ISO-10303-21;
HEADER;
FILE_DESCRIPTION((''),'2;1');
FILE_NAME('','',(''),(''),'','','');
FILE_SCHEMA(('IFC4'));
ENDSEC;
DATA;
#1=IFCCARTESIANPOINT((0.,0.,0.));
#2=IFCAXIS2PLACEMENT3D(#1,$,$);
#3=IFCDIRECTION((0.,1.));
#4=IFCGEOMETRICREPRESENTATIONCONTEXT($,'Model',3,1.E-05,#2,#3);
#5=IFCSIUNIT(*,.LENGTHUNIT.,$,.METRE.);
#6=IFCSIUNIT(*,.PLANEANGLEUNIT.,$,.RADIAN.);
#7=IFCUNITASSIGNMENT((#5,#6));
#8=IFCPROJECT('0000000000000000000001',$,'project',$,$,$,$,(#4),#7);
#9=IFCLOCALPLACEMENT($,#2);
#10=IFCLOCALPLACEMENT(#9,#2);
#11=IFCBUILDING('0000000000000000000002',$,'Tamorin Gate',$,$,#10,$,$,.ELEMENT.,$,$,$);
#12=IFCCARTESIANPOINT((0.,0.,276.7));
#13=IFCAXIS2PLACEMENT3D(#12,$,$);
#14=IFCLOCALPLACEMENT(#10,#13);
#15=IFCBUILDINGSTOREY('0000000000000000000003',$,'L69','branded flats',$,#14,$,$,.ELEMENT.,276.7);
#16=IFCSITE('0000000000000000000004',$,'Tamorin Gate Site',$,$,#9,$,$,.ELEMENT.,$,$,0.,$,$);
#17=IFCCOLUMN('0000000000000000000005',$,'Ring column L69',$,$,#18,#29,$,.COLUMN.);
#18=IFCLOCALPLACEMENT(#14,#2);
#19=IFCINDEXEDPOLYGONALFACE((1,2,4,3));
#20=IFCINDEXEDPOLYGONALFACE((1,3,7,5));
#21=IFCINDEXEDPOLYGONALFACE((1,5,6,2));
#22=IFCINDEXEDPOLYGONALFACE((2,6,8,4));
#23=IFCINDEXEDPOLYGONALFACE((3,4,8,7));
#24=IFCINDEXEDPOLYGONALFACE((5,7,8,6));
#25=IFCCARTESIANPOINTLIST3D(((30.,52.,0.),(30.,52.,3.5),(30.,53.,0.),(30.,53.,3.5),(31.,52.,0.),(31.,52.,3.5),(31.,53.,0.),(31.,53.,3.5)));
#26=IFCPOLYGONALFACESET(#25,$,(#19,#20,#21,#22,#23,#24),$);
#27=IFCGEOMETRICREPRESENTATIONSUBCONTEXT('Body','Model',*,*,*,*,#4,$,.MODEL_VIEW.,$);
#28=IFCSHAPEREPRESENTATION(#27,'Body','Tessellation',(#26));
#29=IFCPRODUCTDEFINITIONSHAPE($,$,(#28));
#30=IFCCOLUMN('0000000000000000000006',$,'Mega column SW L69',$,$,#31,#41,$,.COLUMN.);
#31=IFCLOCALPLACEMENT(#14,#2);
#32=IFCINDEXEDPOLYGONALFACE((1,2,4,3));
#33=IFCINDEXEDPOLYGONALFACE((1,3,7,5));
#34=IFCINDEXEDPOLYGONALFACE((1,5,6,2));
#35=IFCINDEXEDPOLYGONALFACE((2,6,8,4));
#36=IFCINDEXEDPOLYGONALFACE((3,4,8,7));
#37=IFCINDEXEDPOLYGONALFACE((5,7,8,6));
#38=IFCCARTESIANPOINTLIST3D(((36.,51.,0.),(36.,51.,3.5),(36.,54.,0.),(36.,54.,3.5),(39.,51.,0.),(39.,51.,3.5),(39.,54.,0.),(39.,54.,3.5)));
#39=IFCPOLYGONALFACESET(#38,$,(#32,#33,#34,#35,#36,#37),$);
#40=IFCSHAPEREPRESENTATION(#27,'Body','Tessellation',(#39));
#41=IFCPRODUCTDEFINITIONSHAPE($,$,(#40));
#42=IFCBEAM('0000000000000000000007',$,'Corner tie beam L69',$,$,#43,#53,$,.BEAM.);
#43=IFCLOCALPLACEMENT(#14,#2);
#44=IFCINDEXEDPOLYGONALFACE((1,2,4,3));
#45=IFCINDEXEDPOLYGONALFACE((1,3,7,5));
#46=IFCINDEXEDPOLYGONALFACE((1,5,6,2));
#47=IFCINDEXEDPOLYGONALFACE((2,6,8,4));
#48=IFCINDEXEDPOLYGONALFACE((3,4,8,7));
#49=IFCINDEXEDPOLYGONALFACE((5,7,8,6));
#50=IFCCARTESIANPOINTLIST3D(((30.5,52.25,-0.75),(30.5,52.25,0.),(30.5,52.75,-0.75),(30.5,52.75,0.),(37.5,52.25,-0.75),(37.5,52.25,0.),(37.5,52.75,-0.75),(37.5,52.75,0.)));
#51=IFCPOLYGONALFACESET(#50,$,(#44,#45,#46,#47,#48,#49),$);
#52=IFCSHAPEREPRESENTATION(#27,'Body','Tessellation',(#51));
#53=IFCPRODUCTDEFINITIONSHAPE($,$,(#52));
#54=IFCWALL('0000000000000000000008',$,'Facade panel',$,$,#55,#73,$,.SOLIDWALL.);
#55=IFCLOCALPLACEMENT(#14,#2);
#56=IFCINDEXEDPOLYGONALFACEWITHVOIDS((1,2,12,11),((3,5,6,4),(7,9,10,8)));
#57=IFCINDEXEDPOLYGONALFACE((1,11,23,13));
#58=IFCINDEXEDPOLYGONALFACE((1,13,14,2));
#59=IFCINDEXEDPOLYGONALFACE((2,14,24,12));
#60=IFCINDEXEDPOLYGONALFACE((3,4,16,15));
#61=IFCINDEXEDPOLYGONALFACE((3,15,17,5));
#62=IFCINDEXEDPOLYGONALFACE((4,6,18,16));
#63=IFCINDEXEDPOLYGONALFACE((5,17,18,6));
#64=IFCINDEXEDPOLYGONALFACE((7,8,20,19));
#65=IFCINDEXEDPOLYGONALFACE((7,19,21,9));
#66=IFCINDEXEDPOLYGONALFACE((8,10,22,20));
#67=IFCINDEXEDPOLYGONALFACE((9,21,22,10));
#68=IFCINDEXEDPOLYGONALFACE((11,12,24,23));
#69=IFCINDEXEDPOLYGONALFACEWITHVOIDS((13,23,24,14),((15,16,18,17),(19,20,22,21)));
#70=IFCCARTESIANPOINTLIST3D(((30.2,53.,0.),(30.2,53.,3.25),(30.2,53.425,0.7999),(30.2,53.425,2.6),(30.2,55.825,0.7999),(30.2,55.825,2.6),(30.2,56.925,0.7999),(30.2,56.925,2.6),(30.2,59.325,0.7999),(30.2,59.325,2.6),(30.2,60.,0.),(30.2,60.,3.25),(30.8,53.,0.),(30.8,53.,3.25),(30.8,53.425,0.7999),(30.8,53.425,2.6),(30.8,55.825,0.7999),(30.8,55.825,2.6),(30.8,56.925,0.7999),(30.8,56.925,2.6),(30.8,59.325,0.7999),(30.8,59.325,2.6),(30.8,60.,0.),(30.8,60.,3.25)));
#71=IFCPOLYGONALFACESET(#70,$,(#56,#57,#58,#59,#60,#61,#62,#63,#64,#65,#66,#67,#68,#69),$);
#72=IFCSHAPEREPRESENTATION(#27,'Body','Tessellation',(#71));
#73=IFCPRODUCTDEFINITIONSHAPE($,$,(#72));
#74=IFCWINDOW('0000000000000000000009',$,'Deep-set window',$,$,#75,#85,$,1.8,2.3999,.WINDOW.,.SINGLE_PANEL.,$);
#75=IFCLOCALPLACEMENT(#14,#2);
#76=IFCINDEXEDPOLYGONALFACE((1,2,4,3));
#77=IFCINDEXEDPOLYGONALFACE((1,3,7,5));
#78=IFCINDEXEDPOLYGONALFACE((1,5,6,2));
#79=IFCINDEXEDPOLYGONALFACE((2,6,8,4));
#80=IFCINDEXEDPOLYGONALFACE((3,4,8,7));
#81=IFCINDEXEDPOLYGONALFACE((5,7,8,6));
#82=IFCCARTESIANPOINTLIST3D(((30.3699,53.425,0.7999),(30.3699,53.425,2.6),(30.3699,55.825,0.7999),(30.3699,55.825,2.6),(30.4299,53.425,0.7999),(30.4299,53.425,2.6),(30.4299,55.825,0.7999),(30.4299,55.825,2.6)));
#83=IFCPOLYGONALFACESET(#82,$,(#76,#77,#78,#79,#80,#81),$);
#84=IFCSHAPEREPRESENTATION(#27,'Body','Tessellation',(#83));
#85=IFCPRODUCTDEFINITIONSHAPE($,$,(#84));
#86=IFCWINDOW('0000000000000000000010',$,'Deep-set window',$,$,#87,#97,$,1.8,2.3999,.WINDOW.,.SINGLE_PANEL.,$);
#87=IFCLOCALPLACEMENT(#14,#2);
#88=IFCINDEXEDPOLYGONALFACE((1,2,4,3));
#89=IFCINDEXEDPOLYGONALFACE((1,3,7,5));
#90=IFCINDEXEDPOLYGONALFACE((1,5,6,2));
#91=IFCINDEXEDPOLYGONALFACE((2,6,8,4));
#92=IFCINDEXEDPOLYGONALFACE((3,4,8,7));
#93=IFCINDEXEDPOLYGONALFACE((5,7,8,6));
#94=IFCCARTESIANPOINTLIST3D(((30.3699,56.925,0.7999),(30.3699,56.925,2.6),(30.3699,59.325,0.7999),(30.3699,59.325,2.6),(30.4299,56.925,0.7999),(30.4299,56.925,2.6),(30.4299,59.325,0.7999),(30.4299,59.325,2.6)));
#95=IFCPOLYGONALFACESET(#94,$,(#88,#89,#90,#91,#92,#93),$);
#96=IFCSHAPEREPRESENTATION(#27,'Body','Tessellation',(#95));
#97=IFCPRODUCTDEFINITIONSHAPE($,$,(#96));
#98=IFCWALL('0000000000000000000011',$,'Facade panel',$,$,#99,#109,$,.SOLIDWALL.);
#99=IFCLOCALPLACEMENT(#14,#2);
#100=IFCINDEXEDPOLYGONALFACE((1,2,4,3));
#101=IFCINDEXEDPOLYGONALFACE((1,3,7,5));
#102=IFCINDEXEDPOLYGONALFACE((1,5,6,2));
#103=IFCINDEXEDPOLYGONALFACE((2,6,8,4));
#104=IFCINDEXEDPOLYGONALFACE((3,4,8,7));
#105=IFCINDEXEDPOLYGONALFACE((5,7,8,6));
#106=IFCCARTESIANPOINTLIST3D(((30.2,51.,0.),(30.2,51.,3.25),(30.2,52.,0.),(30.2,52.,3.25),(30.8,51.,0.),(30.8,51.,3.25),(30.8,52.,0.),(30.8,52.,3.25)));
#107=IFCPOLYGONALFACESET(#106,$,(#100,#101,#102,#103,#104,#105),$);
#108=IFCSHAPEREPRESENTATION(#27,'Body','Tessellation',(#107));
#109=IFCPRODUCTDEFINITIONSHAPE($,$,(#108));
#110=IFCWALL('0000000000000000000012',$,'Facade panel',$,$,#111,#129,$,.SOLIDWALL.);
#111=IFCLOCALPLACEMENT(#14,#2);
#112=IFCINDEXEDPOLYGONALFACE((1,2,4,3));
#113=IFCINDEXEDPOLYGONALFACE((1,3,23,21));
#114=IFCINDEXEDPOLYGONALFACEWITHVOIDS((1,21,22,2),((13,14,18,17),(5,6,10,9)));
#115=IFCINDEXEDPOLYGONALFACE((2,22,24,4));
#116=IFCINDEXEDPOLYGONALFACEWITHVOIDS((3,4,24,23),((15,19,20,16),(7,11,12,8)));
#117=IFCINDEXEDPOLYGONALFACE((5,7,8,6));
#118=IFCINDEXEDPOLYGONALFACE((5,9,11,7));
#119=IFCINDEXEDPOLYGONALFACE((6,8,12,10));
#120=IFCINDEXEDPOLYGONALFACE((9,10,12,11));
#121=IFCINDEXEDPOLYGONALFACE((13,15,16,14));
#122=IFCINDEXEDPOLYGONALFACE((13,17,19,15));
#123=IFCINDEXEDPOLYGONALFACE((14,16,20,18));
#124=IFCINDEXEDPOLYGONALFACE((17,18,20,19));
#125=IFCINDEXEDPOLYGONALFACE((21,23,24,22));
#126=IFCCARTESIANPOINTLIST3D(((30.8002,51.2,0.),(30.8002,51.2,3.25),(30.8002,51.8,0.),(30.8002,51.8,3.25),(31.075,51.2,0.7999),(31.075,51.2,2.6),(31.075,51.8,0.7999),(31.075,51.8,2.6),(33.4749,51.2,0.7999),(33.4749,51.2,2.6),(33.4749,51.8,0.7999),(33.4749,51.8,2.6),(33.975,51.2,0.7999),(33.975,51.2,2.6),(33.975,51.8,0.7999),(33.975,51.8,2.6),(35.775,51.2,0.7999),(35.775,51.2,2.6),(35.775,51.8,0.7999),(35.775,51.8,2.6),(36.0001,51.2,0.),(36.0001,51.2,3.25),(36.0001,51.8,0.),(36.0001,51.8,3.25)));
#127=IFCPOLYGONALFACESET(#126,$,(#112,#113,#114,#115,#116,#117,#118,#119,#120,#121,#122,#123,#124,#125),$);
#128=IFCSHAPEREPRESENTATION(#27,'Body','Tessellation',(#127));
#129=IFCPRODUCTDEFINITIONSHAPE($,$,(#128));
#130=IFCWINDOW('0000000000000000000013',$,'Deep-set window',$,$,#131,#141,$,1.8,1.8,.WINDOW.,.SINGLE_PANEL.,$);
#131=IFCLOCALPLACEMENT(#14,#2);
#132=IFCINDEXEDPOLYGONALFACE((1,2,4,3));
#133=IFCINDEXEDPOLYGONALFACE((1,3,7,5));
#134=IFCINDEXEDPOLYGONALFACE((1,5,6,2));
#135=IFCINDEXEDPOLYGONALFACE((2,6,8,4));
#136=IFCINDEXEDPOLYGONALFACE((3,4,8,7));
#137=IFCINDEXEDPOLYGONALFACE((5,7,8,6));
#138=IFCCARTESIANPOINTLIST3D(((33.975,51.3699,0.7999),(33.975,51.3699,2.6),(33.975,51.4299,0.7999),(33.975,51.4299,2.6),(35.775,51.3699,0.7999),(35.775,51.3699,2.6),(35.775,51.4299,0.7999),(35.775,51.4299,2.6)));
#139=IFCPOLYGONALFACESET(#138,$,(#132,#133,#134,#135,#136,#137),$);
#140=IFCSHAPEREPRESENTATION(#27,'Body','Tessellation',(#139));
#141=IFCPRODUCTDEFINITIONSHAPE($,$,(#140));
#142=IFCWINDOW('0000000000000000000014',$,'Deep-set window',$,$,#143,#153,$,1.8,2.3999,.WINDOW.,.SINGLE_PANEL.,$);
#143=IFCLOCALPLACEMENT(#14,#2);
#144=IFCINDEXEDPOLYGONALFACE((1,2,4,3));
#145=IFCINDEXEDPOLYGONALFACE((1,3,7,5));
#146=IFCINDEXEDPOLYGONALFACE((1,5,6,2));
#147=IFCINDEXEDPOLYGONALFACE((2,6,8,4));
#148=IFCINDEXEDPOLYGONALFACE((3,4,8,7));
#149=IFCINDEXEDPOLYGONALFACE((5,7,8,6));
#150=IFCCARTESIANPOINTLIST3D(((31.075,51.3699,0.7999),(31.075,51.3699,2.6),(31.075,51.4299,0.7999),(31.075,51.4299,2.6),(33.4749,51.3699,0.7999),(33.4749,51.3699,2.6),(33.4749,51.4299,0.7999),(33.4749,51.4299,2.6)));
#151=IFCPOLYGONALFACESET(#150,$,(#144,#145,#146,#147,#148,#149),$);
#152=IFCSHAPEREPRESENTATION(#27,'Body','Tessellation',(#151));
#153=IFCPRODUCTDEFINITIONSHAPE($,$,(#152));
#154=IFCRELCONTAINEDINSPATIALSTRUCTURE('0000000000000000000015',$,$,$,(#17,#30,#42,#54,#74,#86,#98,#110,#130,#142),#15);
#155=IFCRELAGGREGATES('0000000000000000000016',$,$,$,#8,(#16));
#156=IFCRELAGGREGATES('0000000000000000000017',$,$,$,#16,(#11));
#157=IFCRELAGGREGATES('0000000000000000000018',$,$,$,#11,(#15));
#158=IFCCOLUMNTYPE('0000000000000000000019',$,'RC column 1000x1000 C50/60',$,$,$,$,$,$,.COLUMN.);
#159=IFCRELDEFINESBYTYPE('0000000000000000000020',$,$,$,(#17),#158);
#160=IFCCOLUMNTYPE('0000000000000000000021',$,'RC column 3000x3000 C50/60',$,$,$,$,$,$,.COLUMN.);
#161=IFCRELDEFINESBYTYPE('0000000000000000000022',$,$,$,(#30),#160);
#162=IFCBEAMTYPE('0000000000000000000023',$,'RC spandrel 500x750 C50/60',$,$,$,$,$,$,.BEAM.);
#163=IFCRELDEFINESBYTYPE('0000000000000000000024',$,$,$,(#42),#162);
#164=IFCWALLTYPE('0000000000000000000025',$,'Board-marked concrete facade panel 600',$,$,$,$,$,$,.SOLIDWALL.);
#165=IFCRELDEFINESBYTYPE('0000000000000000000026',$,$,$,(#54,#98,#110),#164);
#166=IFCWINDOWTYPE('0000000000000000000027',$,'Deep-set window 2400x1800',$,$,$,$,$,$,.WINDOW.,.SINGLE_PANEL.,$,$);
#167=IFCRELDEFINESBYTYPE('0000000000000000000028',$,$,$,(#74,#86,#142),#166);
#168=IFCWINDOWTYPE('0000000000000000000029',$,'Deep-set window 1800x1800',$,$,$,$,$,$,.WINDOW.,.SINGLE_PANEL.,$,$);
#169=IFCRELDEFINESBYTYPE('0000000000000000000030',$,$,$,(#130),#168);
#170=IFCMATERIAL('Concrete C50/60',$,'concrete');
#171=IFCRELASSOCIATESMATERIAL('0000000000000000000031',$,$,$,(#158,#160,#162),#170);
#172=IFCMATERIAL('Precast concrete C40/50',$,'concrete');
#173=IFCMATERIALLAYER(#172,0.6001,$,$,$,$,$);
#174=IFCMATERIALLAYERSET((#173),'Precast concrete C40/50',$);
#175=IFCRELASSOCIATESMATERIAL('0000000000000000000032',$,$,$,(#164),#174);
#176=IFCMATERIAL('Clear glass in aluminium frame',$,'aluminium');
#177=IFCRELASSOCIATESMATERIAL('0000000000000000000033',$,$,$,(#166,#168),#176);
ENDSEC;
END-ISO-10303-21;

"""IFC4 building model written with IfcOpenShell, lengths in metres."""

from ifc_helpers import new_model, si_unit, direction, frame, frame_2d, origin, origin_2d, place, context, subcontext, project, spatial, rectangle, extrude, material, layer, layer_set, material_profile, profile_set, type_object, element, fill, save


model = new_model("IFC4")

# Units and contexts
model_context = context("Model", 3, precision=1e-05, world=origin(), true_north=direction((0.0, 1.0)))
body_context = subcontext(model_context, "Body", "Model", "MODEL_VIEW")
ifc_project = project(units=[si_unit("LENGTHUNIT", "METRE"), si_unit("PLANEANGLEUNIT", "RADIAN")], contexts=[model_context])

# Site, building, storey
site_placement = place(None, origin())
site = spatial("IfcSite", under=ifc_project, at=site_placement, Name="Tamorin Gate Site", CompositionType="ELEMENT", RefElevation=0.0)
building_placement = place(site_placement, origin())
building = spatial("IfcBuilding", under=site, at=building_placement, Name="Tamorin Gate", CompositionType="ELEMENT")
storey_placement = place(building_placement, frame((0.0, 0.0, 276.7)))
storey = spatial("IfcBuildingStorey", under=building, at=storey_placement, Name="L69", Description="branded flats", CompositionType="ELEMENT", Elevation=276.7)

# Columns
ifc_material_1 = material(Name="Concrete C50/60", Category="concrete")
ifc_material_profile_1 = material_profile(ifc_material_1, rectangle(XDim=1.0, YDim=1.0, at=origin_2d()), Name="RC 1000x1000")
ifc_profile_set_1 = profile_set([ifc_material_profile_1], Name="Concrete C50/60")
column_type_1 = type_object("IfcColumnType", Name="RC column 1000x1000 C50/60", PredefinedType="COLUMN", material=ifc_profile_set_1)
column_1_placement = place(storey_placement, frame((30.5, 52.5, 0.0), z_axis=(0.0, 0.0, 1.0), x_axis=(1.0, 0.0, 0.0)))
element("IfcColumn", 1, at=column_1_placement, inside=storey, type_object=column_type_1, Name="Ring column L69", PredefinedType="COLUMN", context=body_context, shape_type="SweptSolid", body=[
    extrude(rectangle(XDim=1.0, YDim=1.0, at=origin_2d()), origin(), (0.0, 0.0, 1.0), 3.5),
])
ifc_material_profile_2 = material_profile(ifc_material_1, rectangle(XDim=3.0, YDim=3.0, at=origin_2d()), Name="RC 3000x3000")
ifc_profile_set_2 = profile_set([ifc_material_profile_2], Name="Concrete C50/60")
column_type_2 = type_object("IfcColumnType", Name="RC column 3000x3000 C50/60", PredefinedType="COLUMN", material=ifc_profile_set_2)
column_2_placement = place(storey_placement, frame((37.5, 52.5, 0.0), z_axis=(0.0, 0.0, 1.0), x_axis=(1.0, 0.0, 0.0)))
element("IfcColumn", 2, at=column_2_placement, inside=storey, type_object=column_type_2, Name="Mega column SW L69", PredefinedType="COLUMN", context=body_context, shape_type="SweptSolid", body=[
    extrude(rectangle(XDim=3.0, YDim=3.0, at=origin_2d()), origin(), (0.0, 0.0, 1.0), 3.5),
])

# Beam
ifc_material_profile_3 = material_profile(ifc_material_1, rectangle(XDim=0.5, YDim=0.75, at=origin_2d()), Name="RC 500x750")
ifc_profile_set_3 = profile_set([ifc_material_profile_3], Name="Concrete C50/60")
beam_type = type_object("IfcBeamType", Name="RC spandrel 500x750 C50/60", PredefinedType="BEAM", material=ifc_profile_set_3)
beam_placement = place(storey_placement, frame((37.5, 52.5, -0.375), z_axis=(-1.0, 0.0, 0.0), x_axis=(0.0, -1.0, 0.0)))
element("IfcBeam", 3, at=beam_placement, inside=storey, type_object=beam_type, Name="Corner tie beam L69", PredefinedType="BEAM", context=body_context, shape_type="SweptSolid", body=[
    extrude(rectangle(XDim=0.5, YDim=0.75, at=origin_2d()), origin(), (0.0, 0.0, 1.0), 7.0),
])

# Wall, openings, windows
ifc_material_2 = material(Name="Precast concrete C40/50", Category="concrete")
ifc_layer_1 = layer(ifc_material_2, 0.6001)
ifc_layer_set_1 = layer_set([ifc_layer_1], Name="Precast concrete C40/50")
wall_type_1 = type_object("IfcWallType", Name="Board-marked concrete facade panel 600", PredefinedType="SOLIDWALL", material=ifc_layer_set_1)
wall_1_placement = place(storey_placement, frame((30.5, 60.0, 0.0), z_axis=(0.0, 0.0, 1.0), x_axis=(0.0, -1.0, 0.0)))
wall_1 = element("IfcWall", 4, at=wall_1_placement, inside=storey, type_object=wall_type_1, Name="Facade panel", PredefinedType="SOLIDWALL", context=body_context, shape_type="SweptSolid", body=[
    extrude(rectangle(XDim=7.0, YDim=0.6001, at=frame_2d((3.5, 0.0))), origin(), (0.0, 0.0, 1.0), 3.25),
])
opening_1_placement = place(wall_1_placement, frame((4.175, 0.0, 0.8)))
opening_1 = element("IfcOpeningElement", 5, at=opening_1_placement, cuts=wall_1, PredefinedType="OPENING", context=body_context, shape_type="SweptSolid", body=[
    extrude(rectangle(XDim=2.3999, YDim=1.8, at=frame_2d((1.2, 0.8999))), frame((0.0, 0.3101, 0.0), z_axis=(0.0, -1.0, 0.0), x_axis=(1.0, 0.0, 0.0)), (0.0, 0.0, 1.0), 0.6201),
])
opening_2_placement = place(wall_1_placement, frame((0.675, 0.0, 0.8)))
opening_2 = element("IfcOpeningElement", 6, at=opening_2_placement, cuts=wall_1, PredefinedType="OPENING", context=body_context, shape_type="SweptSolid", body=[
    extrude(rectangle(XDim=2.3999, YDim=1.8, at=frame_2d((1.2, 0.8999))), frame((0.0, 0.3101, 0.0), z_axis=(0.0, -1.0, 0.0), x_axis=(1.0, 0.0, 0.0)), (0.0, 0.0, 1.0), 0.6201),
])
ifc_material_3 = material(Name="Clear glass in aluminium frame", Category="aluminium")
window_type_1 = type_object("IfcWindowType", Name="Deep-set window 2400x1800", PartitioningType="SINGLE_PANEL", PredefinedType="WINDOW", material=ifc_material_3)
window_1_placement = place(opening_1_placement, origin())
window_1 = element("IfcWindow", 7, at=window_1_placement, inside=storey, type_object=window_type_1, Name="Deep-set window", OverallHeight=1.8, OverallWidth=2.3999, PartitioningType="SINGLE_PANEL", PredefinedType="WINDOW", context=body_context, shape_type="SweptSolid", body=[
    extrude(rectangle(XDim=2.3999, YDim=1.8, at=frame_2d((1.2, 0.8999))), frame((0.0, -0.0701, 0.0), z_axis=(0.0, -1.0, 0.0), x_axis=(1.0, 0.0, 0.0)), (0.0, 0.0, 1.0), 0.0601),
])
fill(opening_1, window_1)
window_2_placement = place(opening_2_placement, origin())
window_2 = element("IfcWindow", 8, at=window_2_placement, inside=storey, type_object=window_type_1, Name="Deep-set window", OverallHeight=1.8, OverallWidth=2.3999, PartitioningType="SINGLE_PANEL", PredefinedType="WINDOW", context=body_context, shape_type="SweptSolid", body=[
    extrude(rectangle(XDim=2.3999, YDim=1.8, at=frame_2d((1.2, 0.8999))), frame((0.0, -0.0701, 0.0), z_axis=(0.0, -1.0, 0.0), x_axis=(1.0, 0.0, 0.0)), (0.0, 0.0, 1.0), 0.0601),
])
fill(opening_2, window_2)

# Wall
wall_2_placement = place(storey_placement, frame((30.5, 52.0, 0.0), z_axis=(0.0, 0.0, 1.0), x_axis=(0.0, -1.0, 0.0)))
element("IfcWall", 9, at=wall_2_placement, inside=storey, type_object=wall_type_1, Name="Facade panel", PredefinedType="SOLIDWALL", context=body_context, shape_type="SweptSolid", body=[
    extrude(rectangle(XDim=1.0, YDim=0.6001, at=frame_2d((0.5, 0.0))), origin(), (0.0, 0.0, 1.0), 3.25),
])

# Wall, openings, windows
wall_3_placement = place(storey_placement, frame((30.8, 51.5, 0.0), z_axis=(0.0, 0.0, 1.0), x_axis=(1.0, 0.0, 0.0)))
wall_3 = element("IfcWall", 10, at=wall_3_placement, inside=storey, type_object=wall_type_1, Name="Facade panel", PredefinedType="SOLIDWALL", context=body_context, shape_type="SweptSolid", body=[
    extrude(rectangle(XDim=5.2, YDim=0.6001, at=frame_2d((2.6001, 0.0))), origin(), (0.0, 0.0, 1.0), 3.25),
])
opening_3_placement = place(wall_3_placement, frame((0.2749, 0.0, 0.8)))
opening_3 = element("IfcOpeningElement", 11, at=opening_3_placement, cuts=wall_3, PredefinedType="OPENING", context=body_context, shape_type="SweptSolid", body=[
    extrude(rectangle(XDim=2.3999, YDim=1.8, at=frame_2d((1.2, 0.8999))), frame((0.0, 0.3101, 0.0), z_axis=(0.0, -1.0, 0.0), x_axis=(1.0, 0.0, 0.0)), (0.0, 0.0, 1.0), 0.6201),
])
opening_4_placement = place(wall_3_placement, frame((3.175, 0.0, 0.8)))
opening_4 = element("IfcOpeningElement", 12, at=opening_4_placement, cuts=wall_3, PredefinedType="OPENING", context=body_context, shape_type="SweptSolid", body=[
    extrude(rectangle(XDim=1.8, YDim=1.8, at=frame_2d((0.8999, 0.8999))), frame((0.0, 0.3101, 0.0), z_axis=(0.0, -1.0, 0.0), x_axis=(1.0, 0.0, 0.0)), (0.0, 0.0, 1.0), 0.6201),
])
window_type_2 = type_object("IfcWindowType", Name="Deep-set window 1800x1800", PartitioningType="SINGLE_PANEL", PredefinedType="WINDOW", material=ifc_material_3)
window_3_placement = place(opening_4_placement, origin())
window_3 = element("IfcWindow", 13, at=window_3_placement, inside=storey, type_object=window_type_2, Name="Deep-set window", OverallHeight=1.8, OverallWidth=1.8, PartitioningType="SINGLE_PANEL", PredefinedType="WINDOW", context=body_context, shape_type="SweptSolid", body=[
    extrude(rectangle(XDim=1.8, YDim=1.8, at=frame_2d((0.8999, 0.8999))), frame((0.0, -0.0701, 0.0), z_axis=(0.0, -1.0, 0.0), x_axis=(1.0, 0.0, 0.0)), (0.0, 0.0, 1.0), 0.0601),
])
fill(opening_4, window_3)
window_4_placement = place(opening_3_placement, origin())
window_4 = element("IfcWindow", 14, at=window_4_placement, inside=storey, type_object=window_type_1, Name="Deep-set window", OverallHeight=1.8, OverallWidth=2.3999, PartitioningType="SINGLE_PANEL", PredefinedType="WINDOW", context=body_context, shape_type="SweptSolid", body=[
    extrude(rectangle(XDim=2.3999, YDim=1.8, at=frame_2d((1.2, 0.8999))), frame((0.0, -0.0701, 0.0), z_axis=(0.0, -1.0, 0.0), x_axis=(1.0, 0.0, 0.0)), (0.0, 0.0, 1.0), 0.0601),
])
fill(opening_3, window_4)

save(model, "model.ifc")
